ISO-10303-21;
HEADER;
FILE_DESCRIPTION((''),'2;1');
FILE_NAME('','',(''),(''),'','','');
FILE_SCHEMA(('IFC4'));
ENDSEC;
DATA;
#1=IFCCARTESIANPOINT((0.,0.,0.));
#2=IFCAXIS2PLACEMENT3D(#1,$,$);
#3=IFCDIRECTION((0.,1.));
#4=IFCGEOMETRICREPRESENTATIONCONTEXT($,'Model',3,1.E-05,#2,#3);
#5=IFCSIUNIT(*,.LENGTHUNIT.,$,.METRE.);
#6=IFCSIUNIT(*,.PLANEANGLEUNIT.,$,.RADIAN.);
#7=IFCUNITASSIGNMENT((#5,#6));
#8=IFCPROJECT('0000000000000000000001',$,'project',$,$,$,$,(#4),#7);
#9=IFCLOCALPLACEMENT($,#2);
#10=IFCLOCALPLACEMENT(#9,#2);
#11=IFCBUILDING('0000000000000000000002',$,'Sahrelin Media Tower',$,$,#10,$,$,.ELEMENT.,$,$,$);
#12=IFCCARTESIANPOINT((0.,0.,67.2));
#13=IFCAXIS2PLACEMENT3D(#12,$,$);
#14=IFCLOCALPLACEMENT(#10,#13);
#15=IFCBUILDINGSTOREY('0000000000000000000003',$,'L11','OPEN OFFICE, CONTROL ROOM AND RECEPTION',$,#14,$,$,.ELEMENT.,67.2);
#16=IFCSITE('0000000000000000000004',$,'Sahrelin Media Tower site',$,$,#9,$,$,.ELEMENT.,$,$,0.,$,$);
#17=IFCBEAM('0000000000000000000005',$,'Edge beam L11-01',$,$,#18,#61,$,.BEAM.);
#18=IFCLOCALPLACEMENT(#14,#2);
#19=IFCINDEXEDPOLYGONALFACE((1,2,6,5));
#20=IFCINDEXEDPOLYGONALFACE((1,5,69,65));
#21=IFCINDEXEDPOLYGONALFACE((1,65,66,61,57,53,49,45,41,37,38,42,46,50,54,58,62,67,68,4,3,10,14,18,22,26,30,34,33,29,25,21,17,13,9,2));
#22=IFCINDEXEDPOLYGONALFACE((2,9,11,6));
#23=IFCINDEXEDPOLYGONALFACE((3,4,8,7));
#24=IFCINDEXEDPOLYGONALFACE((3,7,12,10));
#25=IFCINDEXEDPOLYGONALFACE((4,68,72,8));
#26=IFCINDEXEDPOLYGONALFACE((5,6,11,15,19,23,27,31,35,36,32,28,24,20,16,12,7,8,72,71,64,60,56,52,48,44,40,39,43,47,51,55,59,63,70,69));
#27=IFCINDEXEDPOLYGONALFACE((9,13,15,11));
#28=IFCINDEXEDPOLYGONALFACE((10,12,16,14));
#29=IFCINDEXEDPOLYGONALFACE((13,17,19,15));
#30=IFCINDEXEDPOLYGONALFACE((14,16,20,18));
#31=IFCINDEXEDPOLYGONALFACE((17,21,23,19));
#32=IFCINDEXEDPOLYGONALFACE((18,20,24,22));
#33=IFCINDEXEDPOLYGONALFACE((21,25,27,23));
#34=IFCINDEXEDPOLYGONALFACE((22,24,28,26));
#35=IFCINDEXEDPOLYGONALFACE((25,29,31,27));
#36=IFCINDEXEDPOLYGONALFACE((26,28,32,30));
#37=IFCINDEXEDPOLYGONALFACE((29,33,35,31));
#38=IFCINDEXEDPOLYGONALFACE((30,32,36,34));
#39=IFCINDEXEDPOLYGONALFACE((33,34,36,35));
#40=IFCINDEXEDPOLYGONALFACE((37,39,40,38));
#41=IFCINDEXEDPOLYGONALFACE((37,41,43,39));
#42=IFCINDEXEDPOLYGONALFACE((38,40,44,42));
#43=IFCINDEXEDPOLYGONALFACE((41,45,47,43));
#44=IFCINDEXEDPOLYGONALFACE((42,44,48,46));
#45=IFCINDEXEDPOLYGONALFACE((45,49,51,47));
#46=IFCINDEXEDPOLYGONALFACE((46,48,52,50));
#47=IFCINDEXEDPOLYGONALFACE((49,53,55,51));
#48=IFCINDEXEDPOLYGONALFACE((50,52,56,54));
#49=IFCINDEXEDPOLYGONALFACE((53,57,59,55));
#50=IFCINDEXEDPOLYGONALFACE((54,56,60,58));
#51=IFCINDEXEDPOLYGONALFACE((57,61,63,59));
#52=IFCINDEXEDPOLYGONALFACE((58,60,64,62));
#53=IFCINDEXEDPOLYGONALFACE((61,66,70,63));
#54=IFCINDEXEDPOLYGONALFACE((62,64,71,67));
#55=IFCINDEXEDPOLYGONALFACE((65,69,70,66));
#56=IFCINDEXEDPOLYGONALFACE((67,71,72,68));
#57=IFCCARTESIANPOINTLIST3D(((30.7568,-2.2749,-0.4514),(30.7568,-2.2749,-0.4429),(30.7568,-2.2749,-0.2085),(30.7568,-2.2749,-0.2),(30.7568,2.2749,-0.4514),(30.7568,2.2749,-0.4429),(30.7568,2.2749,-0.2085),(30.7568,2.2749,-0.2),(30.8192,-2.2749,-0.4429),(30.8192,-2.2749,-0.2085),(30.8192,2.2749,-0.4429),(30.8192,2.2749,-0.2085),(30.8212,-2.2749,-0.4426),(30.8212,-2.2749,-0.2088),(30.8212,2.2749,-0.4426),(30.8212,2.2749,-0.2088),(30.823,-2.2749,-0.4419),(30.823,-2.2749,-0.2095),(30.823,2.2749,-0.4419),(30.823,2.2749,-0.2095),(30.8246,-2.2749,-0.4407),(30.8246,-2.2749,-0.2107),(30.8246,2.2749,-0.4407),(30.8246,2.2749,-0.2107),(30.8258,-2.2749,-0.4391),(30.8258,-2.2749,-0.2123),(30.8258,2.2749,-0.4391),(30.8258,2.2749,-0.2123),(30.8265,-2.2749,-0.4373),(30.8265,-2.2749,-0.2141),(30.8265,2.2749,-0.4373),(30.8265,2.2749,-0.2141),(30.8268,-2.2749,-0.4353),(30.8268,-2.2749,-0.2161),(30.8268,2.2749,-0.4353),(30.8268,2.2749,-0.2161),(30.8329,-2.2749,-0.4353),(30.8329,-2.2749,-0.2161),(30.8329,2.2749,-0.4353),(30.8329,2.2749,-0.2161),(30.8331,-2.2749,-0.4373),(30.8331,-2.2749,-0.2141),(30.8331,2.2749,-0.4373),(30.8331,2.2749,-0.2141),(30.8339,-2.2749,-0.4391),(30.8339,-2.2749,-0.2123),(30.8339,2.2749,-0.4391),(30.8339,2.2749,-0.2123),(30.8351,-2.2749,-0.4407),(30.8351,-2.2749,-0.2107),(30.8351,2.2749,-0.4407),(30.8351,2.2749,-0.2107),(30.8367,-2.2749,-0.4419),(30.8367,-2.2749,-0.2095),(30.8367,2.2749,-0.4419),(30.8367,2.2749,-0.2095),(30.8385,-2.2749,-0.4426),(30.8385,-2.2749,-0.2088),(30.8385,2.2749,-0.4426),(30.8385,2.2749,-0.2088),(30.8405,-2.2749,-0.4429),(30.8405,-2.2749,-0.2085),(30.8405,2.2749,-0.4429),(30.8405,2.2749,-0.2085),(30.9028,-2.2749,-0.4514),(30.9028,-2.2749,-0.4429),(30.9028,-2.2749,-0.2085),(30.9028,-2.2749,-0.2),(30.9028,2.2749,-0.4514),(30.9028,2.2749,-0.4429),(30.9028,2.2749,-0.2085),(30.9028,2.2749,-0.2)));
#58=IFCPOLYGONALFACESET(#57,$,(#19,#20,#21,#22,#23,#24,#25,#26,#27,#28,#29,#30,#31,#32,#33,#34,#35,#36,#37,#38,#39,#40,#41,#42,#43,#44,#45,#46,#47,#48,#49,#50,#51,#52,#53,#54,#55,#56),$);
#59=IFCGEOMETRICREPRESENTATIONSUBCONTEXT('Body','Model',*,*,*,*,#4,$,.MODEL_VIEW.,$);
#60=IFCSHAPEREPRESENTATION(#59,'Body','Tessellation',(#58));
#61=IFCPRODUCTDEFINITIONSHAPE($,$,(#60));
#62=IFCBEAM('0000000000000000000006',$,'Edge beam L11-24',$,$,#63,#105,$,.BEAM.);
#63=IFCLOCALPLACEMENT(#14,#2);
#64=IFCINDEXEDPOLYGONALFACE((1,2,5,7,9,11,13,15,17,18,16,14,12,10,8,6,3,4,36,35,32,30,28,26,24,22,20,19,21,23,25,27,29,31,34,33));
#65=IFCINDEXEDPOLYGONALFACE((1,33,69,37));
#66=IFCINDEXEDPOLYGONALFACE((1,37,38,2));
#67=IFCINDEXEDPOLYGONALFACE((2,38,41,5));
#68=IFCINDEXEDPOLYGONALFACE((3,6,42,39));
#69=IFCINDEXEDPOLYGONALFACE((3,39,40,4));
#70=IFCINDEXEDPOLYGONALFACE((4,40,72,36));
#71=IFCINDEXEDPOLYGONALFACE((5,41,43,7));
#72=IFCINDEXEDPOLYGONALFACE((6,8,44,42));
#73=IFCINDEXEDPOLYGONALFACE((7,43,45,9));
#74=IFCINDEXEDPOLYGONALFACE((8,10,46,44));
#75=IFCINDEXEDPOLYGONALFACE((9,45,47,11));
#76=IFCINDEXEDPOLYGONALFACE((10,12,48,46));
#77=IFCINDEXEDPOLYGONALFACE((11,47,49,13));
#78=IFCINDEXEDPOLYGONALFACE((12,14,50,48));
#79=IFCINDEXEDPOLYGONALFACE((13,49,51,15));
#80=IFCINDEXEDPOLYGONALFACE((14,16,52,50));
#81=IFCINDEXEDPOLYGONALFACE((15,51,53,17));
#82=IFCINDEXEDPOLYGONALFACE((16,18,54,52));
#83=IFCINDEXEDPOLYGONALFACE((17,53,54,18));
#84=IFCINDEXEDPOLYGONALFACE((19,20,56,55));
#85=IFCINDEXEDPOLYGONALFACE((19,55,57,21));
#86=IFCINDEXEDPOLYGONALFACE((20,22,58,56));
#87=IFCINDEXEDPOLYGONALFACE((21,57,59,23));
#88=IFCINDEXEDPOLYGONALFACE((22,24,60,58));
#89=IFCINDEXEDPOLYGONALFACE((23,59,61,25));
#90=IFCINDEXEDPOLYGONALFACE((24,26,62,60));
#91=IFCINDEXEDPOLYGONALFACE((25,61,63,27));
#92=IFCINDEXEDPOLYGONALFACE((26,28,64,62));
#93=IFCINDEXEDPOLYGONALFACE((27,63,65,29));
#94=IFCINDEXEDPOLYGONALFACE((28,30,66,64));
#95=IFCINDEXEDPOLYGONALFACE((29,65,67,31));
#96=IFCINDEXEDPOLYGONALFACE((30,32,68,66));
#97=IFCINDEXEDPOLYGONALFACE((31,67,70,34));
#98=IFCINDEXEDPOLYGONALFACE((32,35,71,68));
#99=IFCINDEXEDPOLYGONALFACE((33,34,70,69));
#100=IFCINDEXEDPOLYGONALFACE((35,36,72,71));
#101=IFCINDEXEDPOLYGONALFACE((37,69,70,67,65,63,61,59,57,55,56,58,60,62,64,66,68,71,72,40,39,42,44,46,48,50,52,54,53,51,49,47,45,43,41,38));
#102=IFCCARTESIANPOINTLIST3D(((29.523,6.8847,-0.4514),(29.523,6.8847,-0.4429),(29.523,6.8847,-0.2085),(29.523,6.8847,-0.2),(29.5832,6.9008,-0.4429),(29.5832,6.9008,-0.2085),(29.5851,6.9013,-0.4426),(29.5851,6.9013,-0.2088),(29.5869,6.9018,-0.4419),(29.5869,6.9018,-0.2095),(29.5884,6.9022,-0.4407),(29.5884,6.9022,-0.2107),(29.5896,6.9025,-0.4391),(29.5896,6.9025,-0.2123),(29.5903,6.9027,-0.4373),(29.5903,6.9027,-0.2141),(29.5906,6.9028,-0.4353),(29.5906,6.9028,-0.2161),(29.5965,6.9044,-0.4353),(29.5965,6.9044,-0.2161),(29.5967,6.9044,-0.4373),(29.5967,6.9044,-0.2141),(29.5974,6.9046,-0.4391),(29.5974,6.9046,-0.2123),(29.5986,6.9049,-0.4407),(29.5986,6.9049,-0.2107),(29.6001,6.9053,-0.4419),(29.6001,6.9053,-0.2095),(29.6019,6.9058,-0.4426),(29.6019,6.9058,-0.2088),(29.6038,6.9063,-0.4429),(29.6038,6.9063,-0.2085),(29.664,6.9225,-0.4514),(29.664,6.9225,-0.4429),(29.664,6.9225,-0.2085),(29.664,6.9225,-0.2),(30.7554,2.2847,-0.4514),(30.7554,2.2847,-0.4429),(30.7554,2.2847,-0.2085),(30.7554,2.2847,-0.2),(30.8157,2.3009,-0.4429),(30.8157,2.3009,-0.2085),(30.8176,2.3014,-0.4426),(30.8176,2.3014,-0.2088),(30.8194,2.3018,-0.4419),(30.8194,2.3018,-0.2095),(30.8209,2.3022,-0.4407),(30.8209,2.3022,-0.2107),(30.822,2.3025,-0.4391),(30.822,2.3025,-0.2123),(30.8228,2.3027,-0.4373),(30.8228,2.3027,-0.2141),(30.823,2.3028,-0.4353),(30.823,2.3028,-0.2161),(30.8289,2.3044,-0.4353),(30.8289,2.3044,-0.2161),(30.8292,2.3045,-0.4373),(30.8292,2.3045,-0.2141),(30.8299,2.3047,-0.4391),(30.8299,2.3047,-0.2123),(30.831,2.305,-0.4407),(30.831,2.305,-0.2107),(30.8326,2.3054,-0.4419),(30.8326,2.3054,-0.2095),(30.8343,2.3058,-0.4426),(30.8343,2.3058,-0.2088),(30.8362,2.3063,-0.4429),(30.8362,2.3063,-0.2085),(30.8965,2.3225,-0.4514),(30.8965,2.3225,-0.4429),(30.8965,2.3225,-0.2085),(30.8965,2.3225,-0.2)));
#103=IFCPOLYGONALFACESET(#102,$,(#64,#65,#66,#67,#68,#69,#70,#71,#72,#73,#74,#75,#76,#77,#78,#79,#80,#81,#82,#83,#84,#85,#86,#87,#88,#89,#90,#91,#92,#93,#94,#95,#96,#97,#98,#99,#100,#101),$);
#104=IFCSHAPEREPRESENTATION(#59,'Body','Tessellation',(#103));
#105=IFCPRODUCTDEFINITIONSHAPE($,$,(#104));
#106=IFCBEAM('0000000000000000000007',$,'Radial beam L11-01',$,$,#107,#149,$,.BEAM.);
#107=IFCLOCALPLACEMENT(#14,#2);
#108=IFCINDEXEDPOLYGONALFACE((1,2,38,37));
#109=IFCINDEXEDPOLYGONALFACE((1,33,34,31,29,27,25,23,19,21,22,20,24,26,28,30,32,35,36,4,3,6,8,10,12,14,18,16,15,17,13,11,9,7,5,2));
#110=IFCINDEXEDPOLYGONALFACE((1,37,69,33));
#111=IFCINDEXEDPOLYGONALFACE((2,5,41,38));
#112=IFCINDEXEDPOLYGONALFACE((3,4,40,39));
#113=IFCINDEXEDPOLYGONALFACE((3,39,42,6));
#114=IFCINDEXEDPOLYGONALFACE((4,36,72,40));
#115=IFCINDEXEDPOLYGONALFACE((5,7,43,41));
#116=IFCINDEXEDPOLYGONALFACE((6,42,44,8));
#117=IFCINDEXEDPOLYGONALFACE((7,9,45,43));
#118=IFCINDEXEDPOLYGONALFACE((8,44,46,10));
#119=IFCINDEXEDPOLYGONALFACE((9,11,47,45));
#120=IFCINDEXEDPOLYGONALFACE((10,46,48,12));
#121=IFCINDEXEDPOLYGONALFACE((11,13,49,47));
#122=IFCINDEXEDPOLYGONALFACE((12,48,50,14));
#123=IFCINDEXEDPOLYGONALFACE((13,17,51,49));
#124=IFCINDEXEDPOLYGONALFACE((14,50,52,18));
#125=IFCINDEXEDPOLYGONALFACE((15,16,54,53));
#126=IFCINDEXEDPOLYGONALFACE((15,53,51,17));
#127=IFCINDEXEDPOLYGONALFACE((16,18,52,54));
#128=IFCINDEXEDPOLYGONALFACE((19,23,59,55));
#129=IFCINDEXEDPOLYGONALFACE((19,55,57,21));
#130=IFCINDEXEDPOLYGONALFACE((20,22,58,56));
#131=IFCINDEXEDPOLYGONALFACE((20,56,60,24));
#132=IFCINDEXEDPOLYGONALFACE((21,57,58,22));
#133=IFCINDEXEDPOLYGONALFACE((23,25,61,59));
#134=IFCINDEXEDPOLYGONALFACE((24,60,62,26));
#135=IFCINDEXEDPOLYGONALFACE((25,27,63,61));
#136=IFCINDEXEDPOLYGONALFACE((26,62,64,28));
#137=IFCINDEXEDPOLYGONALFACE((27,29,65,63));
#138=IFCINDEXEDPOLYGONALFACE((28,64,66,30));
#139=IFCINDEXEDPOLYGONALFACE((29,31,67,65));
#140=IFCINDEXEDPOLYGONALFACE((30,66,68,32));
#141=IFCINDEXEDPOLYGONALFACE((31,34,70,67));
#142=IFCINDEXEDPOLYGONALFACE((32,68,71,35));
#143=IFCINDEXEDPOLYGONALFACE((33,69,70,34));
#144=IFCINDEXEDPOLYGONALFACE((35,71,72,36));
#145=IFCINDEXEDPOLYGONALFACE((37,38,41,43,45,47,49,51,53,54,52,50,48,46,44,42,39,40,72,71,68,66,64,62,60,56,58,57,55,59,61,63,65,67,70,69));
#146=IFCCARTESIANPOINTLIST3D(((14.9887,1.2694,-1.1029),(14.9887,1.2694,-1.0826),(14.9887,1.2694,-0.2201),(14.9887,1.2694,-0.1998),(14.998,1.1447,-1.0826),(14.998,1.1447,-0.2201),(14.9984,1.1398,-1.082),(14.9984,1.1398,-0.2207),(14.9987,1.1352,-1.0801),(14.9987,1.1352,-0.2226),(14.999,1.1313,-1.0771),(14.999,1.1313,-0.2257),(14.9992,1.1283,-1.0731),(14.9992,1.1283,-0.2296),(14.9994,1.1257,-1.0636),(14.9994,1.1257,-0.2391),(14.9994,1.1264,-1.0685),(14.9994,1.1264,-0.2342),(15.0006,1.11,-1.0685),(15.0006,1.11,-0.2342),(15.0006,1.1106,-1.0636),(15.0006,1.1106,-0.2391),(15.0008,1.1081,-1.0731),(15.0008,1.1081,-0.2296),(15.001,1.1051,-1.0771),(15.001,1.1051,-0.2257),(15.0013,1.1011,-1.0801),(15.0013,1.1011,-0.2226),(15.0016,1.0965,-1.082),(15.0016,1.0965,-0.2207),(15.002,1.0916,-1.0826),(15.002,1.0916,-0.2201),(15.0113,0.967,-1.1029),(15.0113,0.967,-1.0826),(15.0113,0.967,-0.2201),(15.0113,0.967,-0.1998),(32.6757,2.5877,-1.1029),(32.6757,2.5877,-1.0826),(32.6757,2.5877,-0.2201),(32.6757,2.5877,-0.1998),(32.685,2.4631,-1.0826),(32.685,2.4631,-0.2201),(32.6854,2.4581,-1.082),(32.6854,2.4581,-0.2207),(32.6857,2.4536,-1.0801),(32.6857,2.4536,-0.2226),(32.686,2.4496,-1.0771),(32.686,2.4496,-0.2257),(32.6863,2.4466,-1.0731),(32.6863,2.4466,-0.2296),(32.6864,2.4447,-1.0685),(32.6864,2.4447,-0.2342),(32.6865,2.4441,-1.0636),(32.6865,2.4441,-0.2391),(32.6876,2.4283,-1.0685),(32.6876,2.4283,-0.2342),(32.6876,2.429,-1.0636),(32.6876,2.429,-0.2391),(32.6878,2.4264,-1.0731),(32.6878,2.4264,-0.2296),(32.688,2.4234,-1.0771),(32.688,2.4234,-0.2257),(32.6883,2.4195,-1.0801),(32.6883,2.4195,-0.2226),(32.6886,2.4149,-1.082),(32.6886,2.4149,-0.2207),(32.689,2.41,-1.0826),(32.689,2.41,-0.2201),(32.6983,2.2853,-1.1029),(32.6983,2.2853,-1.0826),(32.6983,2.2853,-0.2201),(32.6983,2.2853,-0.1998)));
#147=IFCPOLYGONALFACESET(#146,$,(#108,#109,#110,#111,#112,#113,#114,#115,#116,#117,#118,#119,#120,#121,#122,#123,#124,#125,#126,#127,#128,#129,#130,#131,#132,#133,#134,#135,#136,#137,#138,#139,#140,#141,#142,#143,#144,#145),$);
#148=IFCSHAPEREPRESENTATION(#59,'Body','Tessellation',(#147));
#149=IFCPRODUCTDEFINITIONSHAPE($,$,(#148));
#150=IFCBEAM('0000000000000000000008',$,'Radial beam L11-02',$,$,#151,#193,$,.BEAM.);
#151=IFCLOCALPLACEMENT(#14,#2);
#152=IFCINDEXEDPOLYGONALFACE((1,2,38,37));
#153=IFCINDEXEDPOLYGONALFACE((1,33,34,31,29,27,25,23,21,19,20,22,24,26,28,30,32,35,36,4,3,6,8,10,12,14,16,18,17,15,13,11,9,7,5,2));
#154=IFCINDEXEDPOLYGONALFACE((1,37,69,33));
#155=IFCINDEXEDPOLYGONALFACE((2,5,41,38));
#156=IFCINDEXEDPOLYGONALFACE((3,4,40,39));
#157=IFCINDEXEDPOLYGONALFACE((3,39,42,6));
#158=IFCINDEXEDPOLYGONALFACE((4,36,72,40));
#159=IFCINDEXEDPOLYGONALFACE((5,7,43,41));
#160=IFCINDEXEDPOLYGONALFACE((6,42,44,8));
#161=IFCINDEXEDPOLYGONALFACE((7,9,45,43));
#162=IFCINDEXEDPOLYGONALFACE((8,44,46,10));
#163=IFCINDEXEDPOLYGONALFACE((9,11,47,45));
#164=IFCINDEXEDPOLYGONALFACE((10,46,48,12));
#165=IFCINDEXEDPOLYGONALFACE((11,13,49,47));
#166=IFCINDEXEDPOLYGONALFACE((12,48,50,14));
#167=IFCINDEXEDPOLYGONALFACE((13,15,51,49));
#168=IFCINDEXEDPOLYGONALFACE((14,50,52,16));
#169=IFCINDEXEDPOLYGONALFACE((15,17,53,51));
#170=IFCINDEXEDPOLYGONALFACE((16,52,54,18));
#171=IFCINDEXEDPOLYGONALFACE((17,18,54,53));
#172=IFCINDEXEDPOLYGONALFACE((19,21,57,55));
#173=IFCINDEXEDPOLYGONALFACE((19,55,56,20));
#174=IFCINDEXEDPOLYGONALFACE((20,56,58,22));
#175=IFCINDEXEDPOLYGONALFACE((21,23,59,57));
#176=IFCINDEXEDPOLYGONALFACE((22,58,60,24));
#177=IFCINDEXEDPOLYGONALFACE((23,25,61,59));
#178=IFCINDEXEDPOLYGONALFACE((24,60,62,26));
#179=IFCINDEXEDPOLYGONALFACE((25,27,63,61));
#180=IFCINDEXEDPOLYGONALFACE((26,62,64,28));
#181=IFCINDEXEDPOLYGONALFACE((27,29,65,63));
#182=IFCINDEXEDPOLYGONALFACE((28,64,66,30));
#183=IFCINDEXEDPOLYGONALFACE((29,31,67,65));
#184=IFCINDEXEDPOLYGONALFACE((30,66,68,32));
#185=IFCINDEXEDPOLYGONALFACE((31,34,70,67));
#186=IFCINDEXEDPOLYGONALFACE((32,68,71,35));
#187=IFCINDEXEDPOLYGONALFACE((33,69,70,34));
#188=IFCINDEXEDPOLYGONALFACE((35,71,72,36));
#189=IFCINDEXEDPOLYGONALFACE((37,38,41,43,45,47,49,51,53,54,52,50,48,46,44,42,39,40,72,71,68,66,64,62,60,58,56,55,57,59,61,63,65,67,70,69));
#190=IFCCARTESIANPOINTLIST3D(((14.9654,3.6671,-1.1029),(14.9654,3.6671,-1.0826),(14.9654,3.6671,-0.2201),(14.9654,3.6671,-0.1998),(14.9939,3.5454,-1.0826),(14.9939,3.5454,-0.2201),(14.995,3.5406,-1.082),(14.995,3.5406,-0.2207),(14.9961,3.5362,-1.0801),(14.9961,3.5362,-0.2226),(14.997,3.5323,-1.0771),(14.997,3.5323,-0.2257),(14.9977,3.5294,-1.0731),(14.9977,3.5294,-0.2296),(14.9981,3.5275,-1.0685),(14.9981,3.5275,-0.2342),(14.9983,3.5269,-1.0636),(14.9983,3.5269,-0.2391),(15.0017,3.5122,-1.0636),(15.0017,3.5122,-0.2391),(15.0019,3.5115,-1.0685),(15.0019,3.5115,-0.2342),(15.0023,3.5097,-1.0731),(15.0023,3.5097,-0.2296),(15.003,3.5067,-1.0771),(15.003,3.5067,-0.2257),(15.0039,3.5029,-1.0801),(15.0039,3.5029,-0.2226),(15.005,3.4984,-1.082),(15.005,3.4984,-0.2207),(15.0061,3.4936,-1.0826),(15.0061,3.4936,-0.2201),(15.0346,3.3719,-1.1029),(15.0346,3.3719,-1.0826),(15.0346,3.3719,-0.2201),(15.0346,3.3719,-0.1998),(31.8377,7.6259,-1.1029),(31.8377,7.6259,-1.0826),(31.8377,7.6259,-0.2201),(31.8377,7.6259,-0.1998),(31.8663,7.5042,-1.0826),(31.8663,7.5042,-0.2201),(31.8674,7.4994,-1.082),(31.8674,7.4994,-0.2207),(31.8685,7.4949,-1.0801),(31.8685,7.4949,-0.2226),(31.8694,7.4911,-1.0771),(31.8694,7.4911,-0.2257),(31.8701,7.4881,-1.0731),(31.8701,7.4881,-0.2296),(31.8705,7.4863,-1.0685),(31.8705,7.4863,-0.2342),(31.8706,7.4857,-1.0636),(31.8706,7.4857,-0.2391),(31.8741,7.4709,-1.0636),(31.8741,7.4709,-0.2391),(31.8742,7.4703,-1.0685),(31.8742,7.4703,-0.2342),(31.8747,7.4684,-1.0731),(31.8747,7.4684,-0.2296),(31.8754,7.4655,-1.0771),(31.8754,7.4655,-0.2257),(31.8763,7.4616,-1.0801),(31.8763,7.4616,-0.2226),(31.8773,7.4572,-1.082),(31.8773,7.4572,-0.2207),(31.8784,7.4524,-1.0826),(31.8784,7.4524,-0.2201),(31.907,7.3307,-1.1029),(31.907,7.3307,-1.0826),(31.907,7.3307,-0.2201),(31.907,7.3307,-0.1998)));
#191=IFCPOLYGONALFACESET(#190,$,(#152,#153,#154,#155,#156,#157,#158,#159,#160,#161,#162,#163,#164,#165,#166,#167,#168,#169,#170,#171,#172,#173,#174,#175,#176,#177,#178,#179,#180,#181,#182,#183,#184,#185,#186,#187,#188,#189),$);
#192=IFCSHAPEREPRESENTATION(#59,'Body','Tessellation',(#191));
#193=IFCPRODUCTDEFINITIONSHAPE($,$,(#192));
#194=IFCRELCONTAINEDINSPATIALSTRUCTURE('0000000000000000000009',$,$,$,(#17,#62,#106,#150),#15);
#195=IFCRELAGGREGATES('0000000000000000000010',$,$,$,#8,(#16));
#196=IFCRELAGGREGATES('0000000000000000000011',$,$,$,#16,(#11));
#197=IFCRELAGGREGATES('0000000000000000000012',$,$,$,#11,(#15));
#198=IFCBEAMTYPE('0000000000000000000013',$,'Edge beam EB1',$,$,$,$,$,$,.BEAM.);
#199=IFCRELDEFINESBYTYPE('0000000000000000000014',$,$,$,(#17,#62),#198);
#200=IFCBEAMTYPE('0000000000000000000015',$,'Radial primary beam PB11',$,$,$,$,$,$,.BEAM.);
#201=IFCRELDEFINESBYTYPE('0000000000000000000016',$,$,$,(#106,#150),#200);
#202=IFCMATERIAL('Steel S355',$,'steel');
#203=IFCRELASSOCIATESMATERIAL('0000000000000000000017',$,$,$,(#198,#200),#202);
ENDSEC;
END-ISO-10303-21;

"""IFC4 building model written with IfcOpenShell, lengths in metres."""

from ifc_helpers import new_model, si_unit, direction, frame, origin, origin_2d, place, context, subcontext, project, spatial, i_section, extrude, material, material_profile, profile_set, type_object, element, save


model = new_model("IFC4")

# Units and contexts
model_context = context("Model", 3, precision=1e-05, world=origin(), true_north=direction((0.0, 1.0)))
body_context = subcontext(model_context, "Body", "Model", "MODEL_VIEW")
ifc_project = project(units=[si_unit("LENGTHUNIT", "METRE"), si_unit("PLANEANGLEUNIT", "RADIAN")], contexts=[model_context])

# Site, building, storey
site_placement = place(None, origin())
site = spatial("IfcSite", under=ifc_project, at=site_placement, Name="Sahrelin Media Tower site", CompositionType="ELEMENT", RefElevation=0.0)
building_placement = place(site_placement, origin())
building = spatial("IfcBuilding", under=site, at=building_placement, Name="Sahrelin Media Tower", CompositionType="ELEMENT")
storey_placement = place(building_placement, frame((0.0, 0.0, 67.2)))
storey = spatial("IfcBuildingStorey", under=building, at=storey_placement, Name="L11", Description="OPEN OFFICE, CONTROL ROOM AND RECEPTION", CompositionType="ELEMENT", Elevation=67.2)

# Beams
ifc_material_1 = material(Name="Steel S355", Category="steel")
ifc_material_profile_1 = material_profile(ifc_material_1, i_section(OverallWidth=0.146, OverallDepth=0.2515, WebThickness=0.0061, FlangeThickness=0.0085, FilletRadius=0.0076, at=origin_2d()), Name="UB 254x146x31")
ifc_profile_set_1 = profile_set([ifc_material_profile_1], Name="Steel S355")
beam_type_1 = type_object("IfcBeamType", Name="Edge beam EB1", PredefinedType="BEAM", material=ifc_profile_set_1)
beam_1_placement = place(storey_placement, frame((30.8298, 2.2749, -0.3257), z_axis=(0.0, -1.0, 0.0), x_axis=(1.0, 0.0, 0.0)))
element("IfcBeam", 1, at=beam_1_placement, inside=storey, type_object=beam_type_1, Name="Edge beam L11-01", PredefinedType="BEAM", context=body_context, shape_type="SweptSolid", body=[
    extrude(i_section(OverallWidth=0.146, OverallDepth=0.2515, WebThickness=0.0061, FlangeThickness=0.0085, FilletRadius=0.0076, at=origin_2d()), origin(), (0.0, 0.0, 1.0), 4.5498),
])
beam_2_placement = place(storey_placement, frame((29.5935, 6.9036, -0.3257), z_axis=(0.258798, -0.965931, 0.0), x_axis=(0.965931, 0.258798, 0.0)))
element("IfcBeam", 2, at=beam_2_placement, inside=storey, type_object=beam_type_1, Name="Edge beam L11-24", PredefinedType="BEAM", context=body_context, shape_type="SweptSolid", body=[
    extrude(i_section(OverallWidth=0.146, OverallDepth=0.2515, WebThickness=0.0061, FlangeThickness=0.0085, FilletRadius=0.0076, at=origin_2d()), origin(), (0.0, 0.0, 1.0), 4.7622),
])
ifc_material_profile_2 = material_profile(ifc_material_1, i_section(OverallWidth=0.3032, OverallDepth=0.9031, WebThickness=0.0151, FlangeThickness=0.0203, FilletRadius=0.019, at=origin_2d()), Name="UB 914x305x201")
ifc_profile_set_2 = profile_set([ifc_material_profile_2], Name="Steel S355")
beam_type_2 = type_object("IfcBeamType", Name="Radial primary beam PB11", PredefinedType="BEAM", material=ifc_profile_set_2)
beam_3_placement = place(storey_placement, frame((15.0, 1.1182, -0.6514), z_axis=(0.997234, 0.074332, 0.0), x_axis=(-0.074332, 0.997234, 0.0)))
element("IfcBeam", 3, at=beam_3_placement, inside=storey, type_object=beam_type_2, Name="Radial beam L11-01", PredefinedType="BEAM", context=body_context, shape_type="SweptSolid", body=[
    extrude(i_section(OverallWidth=0.3032, OverallDepth=0.9031, WebThickness=0.0151, FlangeThickness=0.0203, FilletRadius=0.019, at=origin_2d()), origin(), (0.0, 0.0, 1.0), 17.7361),
])
beam_4_placement = place(storey_placement, frame((15.0, 3.5195, -0.6514), z_axis=(0.973561, 0.228426, 0.0), x_axis=(-0.228426, 0.973561, 0.0)))
element("IfcBeam", 4, at=beam_4_placement, inside=storey, type_object=beam_type_2, Name="Radial beam L11-02", PredefinedType="BEAM", context=body_context, shape_type="SweptSolid", body=[
    extrude(i_section(OverallWidth=0.3032, OverallDepth=0.9031, WebThickness=0.0151, FlangeThickness=0.0203, FilletRadius=0.019, at=origin_2d()), origin(), (0.0, 0.0, 1.0), 17.3306),
])

save(model, "model.ifc")
